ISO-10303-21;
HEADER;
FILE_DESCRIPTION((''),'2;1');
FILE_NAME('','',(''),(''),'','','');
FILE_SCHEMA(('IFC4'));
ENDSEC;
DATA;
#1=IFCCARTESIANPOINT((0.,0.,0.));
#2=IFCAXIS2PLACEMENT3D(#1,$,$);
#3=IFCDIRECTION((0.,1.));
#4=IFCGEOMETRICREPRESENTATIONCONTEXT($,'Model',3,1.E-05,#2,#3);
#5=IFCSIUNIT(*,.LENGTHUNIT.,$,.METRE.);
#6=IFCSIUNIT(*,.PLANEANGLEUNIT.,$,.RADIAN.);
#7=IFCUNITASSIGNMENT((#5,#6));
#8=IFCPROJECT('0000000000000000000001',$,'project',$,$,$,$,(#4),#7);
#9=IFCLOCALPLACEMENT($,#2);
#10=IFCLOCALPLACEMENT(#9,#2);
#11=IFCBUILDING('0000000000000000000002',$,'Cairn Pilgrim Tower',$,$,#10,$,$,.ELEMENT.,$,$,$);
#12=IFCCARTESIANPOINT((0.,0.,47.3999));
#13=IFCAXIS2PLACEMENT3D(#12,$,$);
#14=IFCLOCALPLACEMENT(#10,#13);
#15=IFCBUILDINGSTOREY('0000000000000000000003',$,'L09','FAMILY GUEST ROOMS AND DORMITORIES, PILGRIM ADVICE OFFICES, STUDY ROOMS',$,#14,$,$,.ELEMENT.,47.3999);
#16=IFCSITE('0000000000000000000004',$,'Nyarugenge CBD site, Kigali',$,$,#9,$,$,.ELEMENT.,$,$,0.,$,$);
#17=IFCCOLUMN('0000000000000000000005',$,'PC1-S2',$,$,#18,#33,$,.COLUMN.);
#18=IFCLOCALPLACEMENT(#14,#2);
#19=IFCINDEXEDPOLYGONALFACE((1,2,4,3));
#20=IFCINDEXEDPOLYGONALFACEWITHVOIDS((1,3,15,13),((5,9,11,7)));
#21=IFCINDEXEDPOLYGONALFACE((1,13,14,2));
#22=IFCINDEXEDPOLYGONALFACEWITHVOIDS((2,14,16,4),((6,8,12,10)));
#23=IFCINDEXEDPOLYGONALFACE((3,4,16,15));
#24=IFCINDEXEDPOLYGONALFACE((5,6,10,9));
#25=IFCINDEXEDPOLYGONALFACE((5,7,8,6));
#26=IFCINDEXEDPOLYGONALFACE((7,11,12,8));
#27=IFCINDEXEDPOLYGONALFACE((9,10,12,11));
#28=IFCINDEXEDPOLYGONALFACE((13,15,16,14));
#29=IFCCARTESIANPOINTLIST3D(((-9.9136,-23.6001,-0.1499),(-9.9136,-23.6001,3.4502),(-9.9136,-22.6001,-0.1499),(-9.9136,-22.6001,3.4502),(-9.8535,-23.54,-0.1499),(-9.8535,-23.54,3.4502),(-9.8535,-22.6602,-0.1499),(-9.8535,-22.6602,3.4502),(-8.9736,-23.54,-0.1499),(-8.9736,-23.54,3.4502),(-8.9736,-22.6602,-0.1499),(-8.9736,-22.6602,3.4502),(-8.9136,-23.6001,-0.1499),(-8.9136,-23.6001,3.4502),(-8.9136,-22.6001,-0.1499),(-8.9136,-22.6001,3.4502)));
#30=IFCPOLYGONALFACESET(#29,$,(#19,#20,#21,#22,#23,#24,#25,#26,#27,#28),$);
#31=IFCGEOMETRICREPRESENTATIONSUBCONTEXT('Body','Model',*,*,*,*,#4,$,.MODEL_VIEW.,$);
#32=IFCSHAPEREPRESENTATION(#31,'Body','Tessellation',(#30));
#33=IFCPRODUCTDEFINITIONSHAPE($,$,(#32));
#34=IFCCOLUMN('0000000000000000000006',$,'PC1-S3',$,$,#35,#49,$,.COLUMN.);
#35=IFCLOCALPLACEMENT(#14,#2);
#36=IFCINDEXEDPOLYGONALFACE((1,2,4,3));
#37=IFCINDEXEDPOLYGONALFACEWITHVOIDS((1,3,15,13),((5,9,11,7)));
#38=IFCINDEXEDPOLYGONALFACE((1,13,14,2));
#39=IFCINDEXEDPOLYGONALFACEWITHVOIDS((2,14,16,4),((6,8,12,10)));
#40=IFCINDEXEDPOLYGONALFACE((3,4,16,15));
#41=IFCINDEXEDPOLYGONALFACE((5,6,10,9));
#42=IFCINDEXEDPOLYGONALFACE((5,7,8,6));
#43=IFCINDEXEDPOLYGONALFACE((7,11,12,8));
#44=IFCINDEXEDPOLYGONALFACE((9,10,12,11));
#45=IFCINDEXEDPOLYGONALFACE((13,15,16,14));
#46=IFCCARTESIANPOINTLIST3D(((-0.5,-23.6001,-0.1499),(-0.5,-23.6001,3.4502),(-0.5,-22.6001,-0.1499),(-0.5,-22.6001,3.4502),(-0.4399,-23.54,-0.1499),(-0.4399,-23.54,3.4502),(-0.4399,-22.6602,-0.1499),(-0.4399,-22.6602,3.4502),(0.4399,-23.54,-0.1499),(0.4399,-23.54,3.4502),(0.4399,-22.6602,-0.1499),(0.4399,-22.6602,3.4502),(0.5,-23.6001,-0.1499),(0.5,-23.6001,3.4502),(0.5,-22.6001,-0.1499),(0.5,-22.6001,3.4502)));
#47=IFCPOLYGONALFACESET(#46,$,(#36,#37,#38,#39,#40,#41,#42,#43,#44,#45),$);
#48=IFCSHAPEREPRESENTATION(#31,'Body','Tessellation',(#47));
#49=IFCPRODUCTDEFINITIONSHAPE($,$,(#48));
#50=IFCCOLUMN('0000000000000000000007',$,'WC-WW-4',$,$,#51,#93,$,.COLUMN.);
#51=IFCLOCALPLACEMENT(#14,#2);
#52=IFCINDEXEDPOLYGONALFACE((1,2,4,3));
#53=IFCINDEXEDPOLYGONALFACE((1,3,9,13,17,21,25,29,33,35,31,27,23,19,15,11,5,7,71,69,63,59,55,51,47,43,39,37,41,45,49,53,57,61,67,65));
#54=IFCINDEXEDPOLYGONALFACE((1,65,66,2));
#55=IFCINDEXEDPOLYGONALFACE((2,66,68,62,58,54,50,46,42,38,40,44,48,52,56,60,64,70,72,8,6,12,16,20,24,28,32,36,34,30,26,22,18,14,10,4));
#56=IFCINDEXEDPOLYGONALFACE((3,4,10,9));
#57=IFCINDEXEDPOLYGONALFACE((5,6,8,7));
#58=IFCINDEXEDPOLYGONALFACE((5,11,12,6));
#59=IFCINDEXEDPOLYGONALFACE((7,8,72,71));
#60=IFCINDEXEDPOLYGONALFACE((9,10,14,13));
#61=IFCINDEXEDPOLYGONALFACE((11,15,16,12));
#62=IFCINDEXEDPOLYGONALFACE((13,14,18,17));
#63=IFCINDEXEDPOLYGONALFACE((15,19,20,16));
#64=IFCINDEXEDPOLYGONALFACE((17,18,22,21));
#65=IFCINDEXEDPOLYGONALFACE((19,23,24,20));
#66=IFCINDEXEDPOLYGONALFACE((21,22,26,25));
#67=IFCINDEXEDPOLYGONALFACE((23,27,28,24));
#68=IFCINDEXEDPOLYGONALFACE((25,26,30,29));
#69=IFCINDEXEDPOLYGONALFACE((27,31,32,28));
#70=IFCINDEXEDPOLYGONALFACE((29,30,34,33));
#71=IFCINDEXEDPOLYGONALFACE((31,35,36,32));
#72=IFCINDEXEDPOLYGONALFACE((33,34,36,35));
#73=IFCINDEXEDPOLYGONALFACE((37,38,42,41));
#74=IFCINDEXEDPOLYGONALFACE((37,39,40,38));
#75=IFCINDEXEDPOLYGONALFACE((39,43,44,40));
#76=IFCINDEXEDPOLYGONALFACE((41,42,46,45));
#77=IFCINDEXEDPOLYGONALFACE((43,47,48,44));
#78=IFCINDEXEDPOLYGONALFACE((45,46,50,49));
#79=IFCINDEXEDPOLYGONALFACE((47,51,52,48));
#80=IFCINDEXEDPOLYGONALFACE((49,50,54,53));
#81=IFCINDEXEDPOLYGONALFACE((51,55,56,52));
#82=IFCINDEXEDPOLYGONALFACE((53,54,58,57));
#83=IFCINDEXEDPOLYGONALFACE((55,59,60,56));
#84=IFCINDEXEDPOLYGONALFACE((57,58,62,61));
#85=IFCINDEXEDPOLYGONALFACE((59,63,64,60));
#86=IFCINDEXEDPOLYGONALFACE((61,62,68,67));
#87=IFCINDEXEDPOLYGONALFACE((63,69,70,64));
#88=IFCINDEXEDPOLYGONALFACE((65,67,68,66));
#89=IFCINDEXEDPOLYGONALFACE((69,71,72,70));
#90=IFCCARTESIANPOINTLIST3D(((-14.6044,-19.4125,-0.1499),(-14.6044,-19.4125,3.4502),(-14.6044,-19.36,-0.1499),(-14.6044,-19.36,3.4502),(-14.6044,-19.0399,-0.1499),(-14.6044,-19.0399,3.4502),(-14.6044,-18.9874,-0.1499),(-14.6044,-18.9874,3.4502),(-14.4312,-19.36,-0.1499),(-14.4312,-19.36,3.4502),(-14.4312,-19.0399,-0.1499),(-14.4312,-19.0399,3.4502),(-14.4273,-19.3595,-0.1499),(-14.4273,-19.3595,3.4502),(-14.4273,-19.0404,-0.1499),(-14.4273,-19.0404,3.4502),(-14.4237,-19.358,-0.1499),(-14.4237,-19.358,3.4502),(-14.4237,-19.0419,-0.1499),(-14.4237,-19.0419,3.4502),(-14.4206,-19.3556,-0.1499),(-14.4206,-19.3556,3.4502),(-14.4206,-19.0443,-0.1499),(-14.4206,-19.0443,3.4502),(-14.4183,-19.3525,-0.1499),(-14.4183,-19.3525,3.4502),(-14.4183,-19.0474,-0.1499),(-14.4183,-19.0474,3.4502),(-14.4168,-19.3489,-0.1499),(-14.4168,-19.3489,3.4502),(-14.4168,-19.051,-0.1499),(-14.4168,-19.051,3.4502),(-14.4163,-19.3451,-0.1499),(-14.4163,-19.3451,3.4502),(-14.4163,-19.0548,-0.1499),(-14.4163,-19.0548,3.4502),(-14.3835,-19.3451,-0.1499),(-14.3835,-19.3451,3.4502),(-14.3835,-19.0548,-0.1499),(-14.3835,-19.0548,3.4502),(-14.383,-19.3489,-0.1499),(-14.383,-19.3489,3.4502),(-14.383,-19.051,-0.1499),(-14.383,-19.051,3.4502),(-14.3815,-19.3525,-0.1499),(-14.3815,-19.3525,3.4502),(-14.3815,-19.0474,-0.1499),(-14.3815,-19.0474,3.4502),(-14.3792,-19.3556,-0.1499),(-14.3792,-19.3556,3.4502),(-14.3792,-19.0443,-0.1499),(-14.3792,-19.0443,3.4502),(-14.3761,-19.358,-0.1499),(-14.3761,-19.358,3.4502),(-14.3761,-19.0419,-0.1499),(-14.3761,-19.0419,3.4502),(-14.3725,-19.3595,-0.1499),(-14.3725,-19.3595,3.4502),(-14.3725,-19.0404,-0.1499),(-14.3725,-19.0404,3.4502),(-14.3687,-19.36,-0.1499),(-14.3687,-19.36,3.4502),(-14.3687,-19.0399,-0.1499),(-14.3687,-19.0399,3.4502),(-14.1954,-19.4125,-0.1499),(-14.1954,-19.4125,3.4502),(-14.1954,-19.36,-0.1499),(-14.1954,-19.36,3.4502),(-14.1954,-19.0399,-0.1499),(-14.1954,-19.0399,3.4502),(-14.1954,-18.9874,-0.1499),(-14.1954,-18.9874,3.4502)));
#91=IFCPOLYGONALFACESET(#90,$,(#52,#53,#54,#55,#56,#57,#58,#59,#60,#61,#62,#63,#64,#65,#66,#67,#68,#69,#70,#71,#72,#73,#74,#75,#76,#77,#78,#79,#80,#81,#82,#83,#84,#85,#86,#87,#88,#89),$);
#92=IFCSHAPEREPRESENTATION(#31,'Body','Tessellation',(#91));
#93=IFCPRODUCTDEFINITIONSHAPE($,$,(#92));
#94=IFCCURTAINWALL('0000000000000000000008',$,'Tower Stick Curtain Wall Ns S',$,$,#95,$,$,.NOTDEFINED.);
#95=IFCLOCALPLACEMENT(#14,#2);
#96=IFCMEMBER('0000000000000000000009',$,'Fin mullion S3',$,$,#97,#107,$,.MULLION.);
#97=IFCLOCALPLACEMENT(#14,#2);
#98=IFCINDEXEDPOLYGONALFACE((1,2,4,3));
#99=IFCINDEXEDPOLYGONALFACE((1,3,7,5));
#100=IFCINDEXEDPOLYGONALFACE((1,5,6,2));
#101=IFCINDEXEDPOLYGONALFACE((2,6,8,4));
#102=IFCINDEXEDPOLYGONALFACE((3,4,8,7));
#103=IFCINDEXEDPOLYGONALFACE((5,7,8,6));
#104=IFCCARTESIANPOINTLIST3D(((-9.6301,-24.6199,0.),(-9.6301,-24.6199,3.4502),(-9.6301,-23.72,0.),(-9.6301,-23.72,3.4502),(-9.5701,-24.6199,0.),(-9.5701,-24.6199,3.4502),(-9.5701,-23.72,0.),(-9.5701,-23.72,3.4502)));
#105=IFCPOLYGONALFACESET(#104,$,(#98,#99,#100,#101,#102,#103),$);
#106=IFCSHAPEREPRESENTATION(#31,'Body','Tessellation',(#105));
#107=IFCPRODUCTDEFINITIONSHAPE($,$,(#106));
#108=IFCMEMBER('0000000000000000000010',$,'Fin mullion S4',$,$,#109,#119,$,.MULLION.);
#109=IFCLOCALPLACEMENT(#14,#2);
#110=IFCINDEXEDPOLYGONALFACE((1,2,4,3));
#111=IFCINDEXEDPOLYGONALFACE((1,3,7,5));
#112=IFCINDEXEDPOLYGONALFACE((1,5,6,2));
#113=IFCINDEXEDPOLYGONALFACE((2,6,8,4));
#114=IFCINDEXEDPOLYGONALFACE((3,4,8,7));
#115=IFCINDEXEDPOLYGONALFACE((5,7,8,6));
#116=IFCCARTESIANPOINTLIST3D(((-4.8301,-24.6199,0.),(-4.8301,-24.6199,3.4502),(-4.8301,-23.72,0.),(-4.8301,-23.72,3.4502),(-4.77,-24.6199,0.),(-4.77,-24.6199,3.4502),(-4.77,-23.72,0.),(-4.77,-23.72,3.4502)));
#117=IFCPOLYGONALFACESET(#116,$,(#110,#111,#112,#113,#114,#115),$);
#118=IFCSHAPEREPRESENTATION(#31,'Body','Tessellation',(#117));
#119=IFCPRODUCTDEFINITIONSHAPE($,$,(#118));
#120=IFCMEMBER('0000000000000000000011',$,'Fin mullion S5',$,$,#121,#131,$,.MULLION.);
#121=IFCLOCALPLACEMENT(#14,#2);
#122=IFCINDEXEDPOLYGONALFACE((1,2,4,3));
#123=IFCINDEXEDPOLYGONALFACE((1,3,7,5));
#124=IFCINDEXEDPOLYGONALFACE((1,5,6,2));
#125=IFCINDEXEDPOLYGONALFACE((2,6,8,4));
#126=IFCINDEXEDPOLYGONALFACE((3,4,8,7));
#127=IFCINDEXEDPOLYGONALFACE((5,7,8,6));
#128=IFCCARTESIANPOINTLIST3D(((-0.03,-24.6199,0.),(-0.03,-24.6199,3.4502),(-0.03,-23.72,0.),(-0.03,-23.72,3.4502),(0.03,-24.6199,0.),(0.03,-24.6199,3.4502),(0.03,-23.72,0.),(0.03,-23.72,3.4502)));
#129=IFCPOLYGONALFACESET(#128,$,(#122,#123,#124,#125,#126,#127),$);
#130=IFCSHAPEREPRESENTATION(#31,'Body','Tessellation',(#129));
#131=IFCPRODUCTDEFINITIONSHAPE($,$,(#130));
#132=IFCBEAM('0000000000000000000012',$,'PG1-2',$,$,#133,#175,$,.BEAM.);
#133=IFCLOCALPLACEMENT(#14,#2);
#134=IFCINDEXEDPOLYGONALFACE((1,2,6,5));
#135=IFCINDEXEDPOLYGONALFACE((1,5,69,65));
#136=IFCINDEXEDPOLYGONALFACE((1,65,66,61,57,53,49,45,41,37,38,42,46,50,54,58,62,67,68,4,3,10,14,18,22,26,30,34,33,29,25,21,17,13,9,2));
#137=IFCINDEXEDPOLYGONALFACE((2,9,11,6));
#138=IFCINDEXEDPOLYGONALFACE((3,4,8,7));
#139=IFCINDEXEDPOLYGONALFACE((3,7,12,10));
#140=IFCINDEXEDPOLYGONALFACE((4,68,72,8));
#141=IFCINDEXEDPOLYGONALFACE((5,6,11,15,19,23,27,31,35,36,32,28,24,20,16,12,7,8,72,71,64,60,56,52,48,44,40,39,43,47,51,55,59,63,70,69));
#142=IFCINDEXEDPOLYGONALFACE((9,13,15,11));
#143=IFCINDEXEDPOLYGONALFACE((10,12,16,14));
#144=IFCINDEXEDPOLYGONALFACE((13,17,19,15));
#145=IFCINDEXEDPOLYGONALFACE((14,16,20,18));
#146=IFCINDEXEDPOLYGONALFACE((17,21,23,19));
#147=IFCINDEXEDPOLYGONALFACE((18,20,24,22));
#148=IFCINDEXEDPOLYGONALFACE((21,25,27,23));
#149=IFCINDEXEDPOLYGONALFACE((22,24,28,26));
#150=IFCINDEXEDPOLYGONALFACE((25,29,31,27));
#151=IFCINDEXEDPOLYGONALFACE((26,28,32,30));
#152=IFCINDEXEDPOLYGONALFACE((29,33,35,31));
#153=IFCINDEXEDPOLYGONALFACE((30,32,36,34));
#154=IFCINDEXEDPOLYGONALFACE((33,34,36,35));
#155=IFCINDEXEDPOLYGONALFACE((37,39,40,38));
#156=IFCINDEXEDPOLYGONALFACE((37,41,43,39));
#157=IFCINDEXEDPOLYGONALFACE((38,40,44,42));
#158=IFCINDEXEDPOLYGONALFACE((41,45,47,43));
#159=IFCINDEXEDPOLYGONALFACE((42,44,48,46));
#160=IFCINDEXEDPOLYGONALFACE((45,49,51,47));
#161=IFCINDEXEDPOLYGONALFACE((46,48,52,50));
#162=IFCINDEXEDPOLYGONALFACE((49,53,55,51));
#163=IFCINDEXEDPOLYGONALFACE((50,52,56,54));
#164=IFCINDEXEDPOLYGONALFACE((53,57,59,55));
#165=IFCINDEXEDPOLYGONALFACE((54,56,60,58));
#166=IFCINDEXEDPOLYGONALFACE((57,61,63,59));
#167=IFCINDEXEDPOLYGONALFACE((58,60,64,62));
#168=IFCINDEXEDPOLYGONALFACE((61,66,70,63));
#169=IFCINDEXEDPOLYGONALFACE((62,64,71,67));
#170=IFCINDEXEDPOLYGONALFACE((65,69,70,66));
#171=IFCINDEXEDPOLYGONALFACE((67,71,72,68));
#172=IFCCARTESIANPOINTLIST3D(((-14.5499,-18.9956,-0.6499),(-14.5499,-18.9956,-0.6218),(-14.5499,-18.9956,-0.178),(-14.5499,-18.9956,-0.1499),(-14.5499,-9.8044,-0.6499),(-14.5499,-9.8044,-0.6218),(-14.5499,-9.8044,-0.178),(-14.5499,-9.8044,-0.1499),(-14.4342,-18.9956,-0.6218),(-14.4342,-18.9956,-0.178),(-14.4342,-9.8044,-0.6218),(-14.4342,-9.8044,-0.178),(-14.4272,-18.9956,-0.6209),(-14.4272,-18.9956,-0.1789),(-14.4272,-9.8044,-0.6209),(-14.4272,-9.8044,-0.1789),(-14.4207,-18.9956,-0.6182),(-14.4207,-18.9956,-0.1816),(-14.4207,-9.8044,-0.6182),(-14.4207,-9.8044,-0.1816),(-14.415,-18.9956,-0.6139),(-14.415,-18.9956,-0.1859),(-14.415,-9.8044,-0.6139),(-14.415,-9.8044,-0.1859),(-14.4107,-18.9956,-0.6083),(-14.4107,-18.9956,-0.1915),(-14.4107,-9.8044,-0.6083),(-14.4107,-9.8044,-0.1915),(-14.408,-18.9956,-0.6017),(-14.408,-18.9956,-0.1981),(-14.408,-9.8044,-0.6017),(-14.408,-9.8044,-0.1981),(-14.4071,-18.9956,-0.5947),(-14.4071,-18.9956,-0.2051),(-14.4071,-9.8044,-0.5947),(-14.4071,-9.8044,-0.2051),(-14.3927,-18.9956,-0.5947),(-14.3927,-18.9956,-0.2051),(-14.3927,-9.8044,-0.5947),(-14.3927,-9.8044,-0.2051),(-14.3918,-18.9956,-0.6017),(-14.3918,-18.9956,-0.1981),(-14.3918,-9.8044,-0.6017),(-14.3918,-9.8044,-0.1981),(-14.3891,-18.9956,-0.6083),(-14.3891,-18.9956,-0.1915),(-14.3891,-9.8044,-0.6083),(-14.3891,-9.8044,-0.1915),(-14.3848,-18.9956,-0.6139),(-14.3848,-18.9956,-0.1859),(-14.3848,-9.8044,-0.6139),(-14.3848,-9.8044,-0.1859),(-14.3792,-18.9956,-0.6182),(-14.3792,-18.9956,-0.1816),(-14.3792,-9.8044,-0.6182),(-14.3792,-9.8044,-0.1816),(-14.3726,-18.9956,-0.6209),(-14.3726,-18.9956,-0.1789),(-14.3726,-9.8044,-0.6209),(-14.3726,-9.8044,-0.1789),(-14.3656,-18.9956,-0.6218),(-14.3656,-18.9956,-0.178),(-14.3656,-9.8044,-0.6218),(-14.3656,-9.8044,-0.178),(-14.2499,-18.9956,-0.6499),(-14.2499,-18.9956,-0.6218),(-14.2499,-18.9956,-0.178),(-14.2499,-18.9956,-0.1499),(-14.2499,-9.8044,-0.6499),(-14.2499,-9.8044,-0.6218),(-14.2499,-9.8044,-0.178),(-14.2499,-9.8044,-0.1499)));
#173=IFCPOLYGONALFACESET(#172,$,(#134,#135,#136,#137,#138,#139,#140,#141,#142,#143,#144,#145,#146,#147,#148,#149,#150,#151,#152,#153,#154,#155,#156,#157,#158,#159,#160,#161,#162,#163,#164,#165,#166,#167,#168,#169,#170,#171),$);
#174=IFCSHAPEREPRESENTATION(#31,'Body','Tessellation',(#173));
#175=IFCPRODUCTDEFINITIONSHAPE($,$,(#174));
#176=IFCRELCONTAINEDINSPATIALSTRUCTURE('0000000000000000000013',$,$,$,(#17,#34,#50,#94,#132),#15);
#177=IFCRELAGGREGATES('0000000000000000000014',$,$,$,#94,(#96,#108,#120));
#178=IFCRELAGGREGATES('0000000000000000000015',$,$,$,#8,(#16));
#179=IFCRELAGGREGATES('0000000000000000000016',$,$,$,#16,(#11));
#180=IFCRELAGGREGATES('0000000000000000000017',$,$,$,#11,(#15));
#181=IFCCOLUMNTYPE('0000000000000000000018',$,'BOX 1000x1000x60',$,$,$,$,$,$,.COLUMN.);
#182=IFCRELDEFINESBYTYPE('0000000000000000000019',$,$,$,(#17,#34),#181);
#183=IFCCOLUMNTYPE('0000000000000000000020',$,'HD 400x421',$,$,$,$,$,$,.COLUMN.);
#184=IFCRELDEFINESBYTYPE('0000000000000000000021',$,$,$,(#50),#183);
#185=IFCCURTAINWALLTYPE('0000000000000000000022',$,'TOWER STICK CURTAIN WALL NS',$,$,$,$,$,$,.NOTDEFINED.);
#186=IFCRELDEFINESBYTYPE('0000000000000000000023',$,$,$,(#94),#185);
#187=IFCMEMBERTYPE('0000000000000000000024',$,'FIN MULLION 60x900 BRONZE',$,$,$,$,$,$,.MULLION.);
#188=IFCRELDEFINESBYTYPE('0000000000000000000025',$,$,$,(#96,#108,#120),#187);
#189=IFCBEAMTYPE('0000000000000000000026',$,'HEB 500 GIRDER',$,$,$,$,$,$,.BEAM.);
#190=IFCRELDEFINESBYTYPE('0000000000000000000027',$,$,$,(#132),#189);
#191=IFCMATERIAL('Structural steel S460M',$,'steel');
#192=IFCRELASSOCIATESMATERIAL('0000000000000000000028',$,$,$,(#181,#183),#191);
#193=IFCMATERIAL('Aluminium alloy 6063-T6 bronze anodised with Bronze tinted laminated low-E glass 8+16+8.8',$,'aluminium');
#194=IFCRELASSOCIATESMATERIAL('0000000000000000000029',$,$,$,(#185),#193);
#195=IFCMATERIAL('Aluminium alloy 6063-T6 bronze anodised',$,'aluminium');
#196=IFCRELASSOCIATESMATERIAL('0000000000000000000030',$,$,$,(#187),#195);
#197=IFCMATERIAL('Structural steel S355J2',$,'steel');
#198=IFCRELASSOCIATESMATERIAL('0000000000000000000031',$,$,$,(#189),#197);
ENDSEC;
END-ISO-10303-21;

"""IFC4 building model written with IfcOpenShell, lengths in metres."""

from ifc_helpers import new_model, si_unit, direction, frame, origin, origin_2d, place, context, subcontext, project, spatial, rectangle, hollow_rectangle, i_section, extrude, material, material_profile, profile_set, type_object, element, aggregate, save


model = new_model("IFC4")

# Units and contexts
model_context = context("Model", 3, precision=1e-05, world=origin(), true_north=direction((0.0, 1.0)))
body_context = subcontext(model_context, "Body", "Model", "MODEL_VIEW")
ifc_project = project(units=[si_unit("LENGTHUNIT", "METRE"), si_unit("PLANEANGLEUNIT", "RADIAN")], contexts=[model_context])

# Site, building, storey
site_placement = place(None, origin())
site = spatial("IfcSite", under=ifc_project, at=site_placement, Name="Nyarugenge CBD site, Kigali", CompositionType="ELEMENT", RefElevation=0.0)
building_placement = place(site_placement, origin())
building = spatial("IfcBuilding", under=site, at=building_placement, Name="Cairn Pilgrim Tower", CompositionType="ELEMENT")
storey_placement = place(building_placement, frame((0.0, 0.0, 47.3999)))
storey = spatial("IfcBuildingStorey", under=building, at=storey_placement, Name="L09", Description="FAMILY GUEST ROOMS AND DORMITORIES, PILGRIM ADVICE OFFICES, STUDY ROOMS", CompositionType="ELEMENT", Elevation=47.3999)

# Columns
ifc_material_1 = material(Name="Structural steel S460M", Category="steel")
ifc_material_profile_1 = material_profile(ifc_material_1, hollow_rectangle(XDim=1.0, YDim=1.0, WallThickness=0.0601, at=origin_2d()), Name="BOX 1000x1000x60")
ifc_profile_set_1 = profile_set([ifc_material_profile_1], Name="Structural steel S460M")
column_type_1 = type_object("IfcColumnType", Name="BOX 1000x1000x60", PredefinedType="COLUMN", material=ifc_profile_set_1)
for number, where, z_axis, x_axis, name in (
    (1, (-9.4136, -23.1001, -0.1499), (0.0, 0.0, 1.0), (1.0, 0.0, 0.0), "PC1-S2"),
    (2, (0.0, -23.1001, -0.1499), (0.0, 0.0, 1.0), (1.0, 0.0, 0.0), "PC1-S3"),
):
    element("IfcColumn", number, at=place(storey_placement, frame(where, z_axis=z_axis, x_axis=x_axis)), inside=storey, type_object=column_type_1, Name=name, PredefinedType="COLUMN", context=body_context, shape_type="SweptSolid", body=[
        extrude(hollow_rectangle(XDim=1.0, YDim=1.0, WallThickness=0.0601, at=origin_2d()), origin(), (0.0, 0.0, 1.0), 3.6001),
    ])
ifc_material_profile_2 = material_profile(ifc_material_1, i_section(OverallWidth=0.4089, OverallDepth=0.425, WebThickness=0.0327, FlangeThickness=0.0525, FilletRadius=0.0149, at=origin_2d()), Name="HD 400x421")
ifc_profile_set_2 = profile_set([ifc_material_profile_2], Name="Structural steel S460M")
column_type_2 = type_object("IfcColumnType", Name="HD 400x421", PredefinedType="COLUMN", material=ifc_profile_set_2)
column_placement = place(storey_placement, frame((-14.3999, -19.2, -0.1499), z_axis=(0.0, 0.0, 1.0), x_axis=(1.0, 0.0, 0.0)))
element("IfcColumn", 3, at=column_placement, inside=storey, type_object=column_type_2, Name="WC-WW-4", PredefinedType="COLUMN", context=body_context, shape_type="SweptSolid", body=[
    extrude(i_section(OverallWidth=0.4089, OverallDepth=0.425, WebThickness=0.0327, FlangeThickness=0.0525, FilletRadius=0.0149, at=origin_2d()), origin(), (0.0, 0.0, 1.0), 3.6001),
])

# Curtain wall, members
ifc_material_2 = material(Name="Aluminium alloy 6063-T6 bronze anodised with Bronze tinted laminated low-E glass 8+16+8.8", Category="aluminium")
curtain_wall_type = type_object("IfcCurtainWallType", Name="TOWER STICK CURTAIN WALL NS", PredefinedType="NOTDEFINED", material=ifc_material_2)
curtain_wall_placement = place(storey_placement, origin())
curtain_wall = element("IfcCurtainWall", 4, at=curtain_wall_placement, inside=storey, type_object=curtain_wall_type, Name="Tower Stick Curtain Wall Ns S", PredefinedType="NOTDEFINED")
ifc_material_3 = material(Name="Aluminium alloy 6063-T6 bronze anodised", Category="aluminium")
ifc_material_profile_3 = material_profile(ifc_material_3, rectangle(XDim=0.8999, YDim=0.0601, at=origin_2d()), Name="FIN MULLION 60x900 BRONZE")
ifc_profile_set_3 = profile_set([ifc_material_profile_3], Name="Aluminium alloy 6063-T6 bronze anodised")
member_type_1 = type_object("IfcMemberType", Name="FIN MULLION 60x900 BRONZE", PredefinedType="MULLION", material=ifc_profile_set_3)
member_1_placement = place(storey_placement, frame((-9.6001, -24.1699, 0.0), z_axis=(0.0, 0.0, 1.0), x_axis=(0.0, -1.0, 0.0)))
member_1 = element("IfcMember", 5, at=member_1_placement, type_object=member_type_1, Name="Fin mullion S3", PredefinedType="MULLION", context=body_context, shape_type="SweptSolid", body=[
    extrude(rectangle(XDim=0.8999, YDim=0.0601, at=origin_2d()), origin(), (0.0, 0.0, 1.0), 3.4502),
])
member_2_placement = place(storey_placement, frame((-4.8, -24.1699, 0.0), z_axis=(0.0, 0.0, 1.0), x_axis=(0.0, -1.0, 0.0)))
member_2 = element("IfcMember", 6, at=member_2_placement, type_object=member_type_1, Name="Fin mullion S4", PredefinedType="MULLION", context=body_context, shape_type="SweptSolid", body=[
    extrude(rectangle(XDim=0.8999, YDim=0.0601, at=origin_2d()), origin(), (0.0, 0.0, 1.0), 3.4502),
])
member_3_placement = place(storey_placement, frame((0.0, -24.1699, 0.0), z_axis=(0.0, 0.0, 1.0), x_axis=(0.0, -1.0, 0.0)))
member_3 = element("IfcMember", 7, at=member_3_placement, type_object=member_type_1, Name="Fin mullion S5", PredefinedType="MULLION", context=body_context, shape_type="SweptSolid", body=[
    extrude(rectangle(XDim=0.8999, YDim=0.0601, at=origin_2d()), origin(), (0.0, 0.0, 1.0), 3.4502),
])

# Beam
ifc_material_4 = material(Name="Structural steel S355J2", Category="steel")
ifc_material_profile_4 = material_profile(ifc_material_4, i_section(OverallWidth=0.3, OverallDepth=0.5, WebThickness=0.0144, FlangeThickness=0.0281, FilletRadius=0.0271, at=origin_2d()), Name="HEB 500")
ifc_profile_set_4 = profile_set([ifc_material_profile_4], Name="Structural steel S355J2")
beam_type_1 = type_object("IfcBeamType", Name="HEB 500 GIRDER", PredefinedType="BEAM", material=ifc_profile_set_4)
beam_1_placement = place(storey_placement, frame((-14.3999, -18.9956, -0.3999), z_axis=(0.0, 1.0, 0.0), x_axis=(-1.0, 0.0, 0.0)))
element("IfcBeam", 8, at=beam_1_placement, inside=storey, type_object=beam_type_1, Name="PG1-2", PredefinedType="BEAM", context=body_context, shape_type="SweptSolid", body=[
    extrude(i_section(OverallWidth=0.3, OverallDepth=0.5, WebThickness=0.0144, FlangeThickness=0.0281, FilletRadius=0.0271, at=origin_2d()), origin(), (0.0, 0.0, 1.0), 9.1912),
])

aggregate(curtain_wall, [member_1, member_2, member_3])

save(model, "model.ifc")
